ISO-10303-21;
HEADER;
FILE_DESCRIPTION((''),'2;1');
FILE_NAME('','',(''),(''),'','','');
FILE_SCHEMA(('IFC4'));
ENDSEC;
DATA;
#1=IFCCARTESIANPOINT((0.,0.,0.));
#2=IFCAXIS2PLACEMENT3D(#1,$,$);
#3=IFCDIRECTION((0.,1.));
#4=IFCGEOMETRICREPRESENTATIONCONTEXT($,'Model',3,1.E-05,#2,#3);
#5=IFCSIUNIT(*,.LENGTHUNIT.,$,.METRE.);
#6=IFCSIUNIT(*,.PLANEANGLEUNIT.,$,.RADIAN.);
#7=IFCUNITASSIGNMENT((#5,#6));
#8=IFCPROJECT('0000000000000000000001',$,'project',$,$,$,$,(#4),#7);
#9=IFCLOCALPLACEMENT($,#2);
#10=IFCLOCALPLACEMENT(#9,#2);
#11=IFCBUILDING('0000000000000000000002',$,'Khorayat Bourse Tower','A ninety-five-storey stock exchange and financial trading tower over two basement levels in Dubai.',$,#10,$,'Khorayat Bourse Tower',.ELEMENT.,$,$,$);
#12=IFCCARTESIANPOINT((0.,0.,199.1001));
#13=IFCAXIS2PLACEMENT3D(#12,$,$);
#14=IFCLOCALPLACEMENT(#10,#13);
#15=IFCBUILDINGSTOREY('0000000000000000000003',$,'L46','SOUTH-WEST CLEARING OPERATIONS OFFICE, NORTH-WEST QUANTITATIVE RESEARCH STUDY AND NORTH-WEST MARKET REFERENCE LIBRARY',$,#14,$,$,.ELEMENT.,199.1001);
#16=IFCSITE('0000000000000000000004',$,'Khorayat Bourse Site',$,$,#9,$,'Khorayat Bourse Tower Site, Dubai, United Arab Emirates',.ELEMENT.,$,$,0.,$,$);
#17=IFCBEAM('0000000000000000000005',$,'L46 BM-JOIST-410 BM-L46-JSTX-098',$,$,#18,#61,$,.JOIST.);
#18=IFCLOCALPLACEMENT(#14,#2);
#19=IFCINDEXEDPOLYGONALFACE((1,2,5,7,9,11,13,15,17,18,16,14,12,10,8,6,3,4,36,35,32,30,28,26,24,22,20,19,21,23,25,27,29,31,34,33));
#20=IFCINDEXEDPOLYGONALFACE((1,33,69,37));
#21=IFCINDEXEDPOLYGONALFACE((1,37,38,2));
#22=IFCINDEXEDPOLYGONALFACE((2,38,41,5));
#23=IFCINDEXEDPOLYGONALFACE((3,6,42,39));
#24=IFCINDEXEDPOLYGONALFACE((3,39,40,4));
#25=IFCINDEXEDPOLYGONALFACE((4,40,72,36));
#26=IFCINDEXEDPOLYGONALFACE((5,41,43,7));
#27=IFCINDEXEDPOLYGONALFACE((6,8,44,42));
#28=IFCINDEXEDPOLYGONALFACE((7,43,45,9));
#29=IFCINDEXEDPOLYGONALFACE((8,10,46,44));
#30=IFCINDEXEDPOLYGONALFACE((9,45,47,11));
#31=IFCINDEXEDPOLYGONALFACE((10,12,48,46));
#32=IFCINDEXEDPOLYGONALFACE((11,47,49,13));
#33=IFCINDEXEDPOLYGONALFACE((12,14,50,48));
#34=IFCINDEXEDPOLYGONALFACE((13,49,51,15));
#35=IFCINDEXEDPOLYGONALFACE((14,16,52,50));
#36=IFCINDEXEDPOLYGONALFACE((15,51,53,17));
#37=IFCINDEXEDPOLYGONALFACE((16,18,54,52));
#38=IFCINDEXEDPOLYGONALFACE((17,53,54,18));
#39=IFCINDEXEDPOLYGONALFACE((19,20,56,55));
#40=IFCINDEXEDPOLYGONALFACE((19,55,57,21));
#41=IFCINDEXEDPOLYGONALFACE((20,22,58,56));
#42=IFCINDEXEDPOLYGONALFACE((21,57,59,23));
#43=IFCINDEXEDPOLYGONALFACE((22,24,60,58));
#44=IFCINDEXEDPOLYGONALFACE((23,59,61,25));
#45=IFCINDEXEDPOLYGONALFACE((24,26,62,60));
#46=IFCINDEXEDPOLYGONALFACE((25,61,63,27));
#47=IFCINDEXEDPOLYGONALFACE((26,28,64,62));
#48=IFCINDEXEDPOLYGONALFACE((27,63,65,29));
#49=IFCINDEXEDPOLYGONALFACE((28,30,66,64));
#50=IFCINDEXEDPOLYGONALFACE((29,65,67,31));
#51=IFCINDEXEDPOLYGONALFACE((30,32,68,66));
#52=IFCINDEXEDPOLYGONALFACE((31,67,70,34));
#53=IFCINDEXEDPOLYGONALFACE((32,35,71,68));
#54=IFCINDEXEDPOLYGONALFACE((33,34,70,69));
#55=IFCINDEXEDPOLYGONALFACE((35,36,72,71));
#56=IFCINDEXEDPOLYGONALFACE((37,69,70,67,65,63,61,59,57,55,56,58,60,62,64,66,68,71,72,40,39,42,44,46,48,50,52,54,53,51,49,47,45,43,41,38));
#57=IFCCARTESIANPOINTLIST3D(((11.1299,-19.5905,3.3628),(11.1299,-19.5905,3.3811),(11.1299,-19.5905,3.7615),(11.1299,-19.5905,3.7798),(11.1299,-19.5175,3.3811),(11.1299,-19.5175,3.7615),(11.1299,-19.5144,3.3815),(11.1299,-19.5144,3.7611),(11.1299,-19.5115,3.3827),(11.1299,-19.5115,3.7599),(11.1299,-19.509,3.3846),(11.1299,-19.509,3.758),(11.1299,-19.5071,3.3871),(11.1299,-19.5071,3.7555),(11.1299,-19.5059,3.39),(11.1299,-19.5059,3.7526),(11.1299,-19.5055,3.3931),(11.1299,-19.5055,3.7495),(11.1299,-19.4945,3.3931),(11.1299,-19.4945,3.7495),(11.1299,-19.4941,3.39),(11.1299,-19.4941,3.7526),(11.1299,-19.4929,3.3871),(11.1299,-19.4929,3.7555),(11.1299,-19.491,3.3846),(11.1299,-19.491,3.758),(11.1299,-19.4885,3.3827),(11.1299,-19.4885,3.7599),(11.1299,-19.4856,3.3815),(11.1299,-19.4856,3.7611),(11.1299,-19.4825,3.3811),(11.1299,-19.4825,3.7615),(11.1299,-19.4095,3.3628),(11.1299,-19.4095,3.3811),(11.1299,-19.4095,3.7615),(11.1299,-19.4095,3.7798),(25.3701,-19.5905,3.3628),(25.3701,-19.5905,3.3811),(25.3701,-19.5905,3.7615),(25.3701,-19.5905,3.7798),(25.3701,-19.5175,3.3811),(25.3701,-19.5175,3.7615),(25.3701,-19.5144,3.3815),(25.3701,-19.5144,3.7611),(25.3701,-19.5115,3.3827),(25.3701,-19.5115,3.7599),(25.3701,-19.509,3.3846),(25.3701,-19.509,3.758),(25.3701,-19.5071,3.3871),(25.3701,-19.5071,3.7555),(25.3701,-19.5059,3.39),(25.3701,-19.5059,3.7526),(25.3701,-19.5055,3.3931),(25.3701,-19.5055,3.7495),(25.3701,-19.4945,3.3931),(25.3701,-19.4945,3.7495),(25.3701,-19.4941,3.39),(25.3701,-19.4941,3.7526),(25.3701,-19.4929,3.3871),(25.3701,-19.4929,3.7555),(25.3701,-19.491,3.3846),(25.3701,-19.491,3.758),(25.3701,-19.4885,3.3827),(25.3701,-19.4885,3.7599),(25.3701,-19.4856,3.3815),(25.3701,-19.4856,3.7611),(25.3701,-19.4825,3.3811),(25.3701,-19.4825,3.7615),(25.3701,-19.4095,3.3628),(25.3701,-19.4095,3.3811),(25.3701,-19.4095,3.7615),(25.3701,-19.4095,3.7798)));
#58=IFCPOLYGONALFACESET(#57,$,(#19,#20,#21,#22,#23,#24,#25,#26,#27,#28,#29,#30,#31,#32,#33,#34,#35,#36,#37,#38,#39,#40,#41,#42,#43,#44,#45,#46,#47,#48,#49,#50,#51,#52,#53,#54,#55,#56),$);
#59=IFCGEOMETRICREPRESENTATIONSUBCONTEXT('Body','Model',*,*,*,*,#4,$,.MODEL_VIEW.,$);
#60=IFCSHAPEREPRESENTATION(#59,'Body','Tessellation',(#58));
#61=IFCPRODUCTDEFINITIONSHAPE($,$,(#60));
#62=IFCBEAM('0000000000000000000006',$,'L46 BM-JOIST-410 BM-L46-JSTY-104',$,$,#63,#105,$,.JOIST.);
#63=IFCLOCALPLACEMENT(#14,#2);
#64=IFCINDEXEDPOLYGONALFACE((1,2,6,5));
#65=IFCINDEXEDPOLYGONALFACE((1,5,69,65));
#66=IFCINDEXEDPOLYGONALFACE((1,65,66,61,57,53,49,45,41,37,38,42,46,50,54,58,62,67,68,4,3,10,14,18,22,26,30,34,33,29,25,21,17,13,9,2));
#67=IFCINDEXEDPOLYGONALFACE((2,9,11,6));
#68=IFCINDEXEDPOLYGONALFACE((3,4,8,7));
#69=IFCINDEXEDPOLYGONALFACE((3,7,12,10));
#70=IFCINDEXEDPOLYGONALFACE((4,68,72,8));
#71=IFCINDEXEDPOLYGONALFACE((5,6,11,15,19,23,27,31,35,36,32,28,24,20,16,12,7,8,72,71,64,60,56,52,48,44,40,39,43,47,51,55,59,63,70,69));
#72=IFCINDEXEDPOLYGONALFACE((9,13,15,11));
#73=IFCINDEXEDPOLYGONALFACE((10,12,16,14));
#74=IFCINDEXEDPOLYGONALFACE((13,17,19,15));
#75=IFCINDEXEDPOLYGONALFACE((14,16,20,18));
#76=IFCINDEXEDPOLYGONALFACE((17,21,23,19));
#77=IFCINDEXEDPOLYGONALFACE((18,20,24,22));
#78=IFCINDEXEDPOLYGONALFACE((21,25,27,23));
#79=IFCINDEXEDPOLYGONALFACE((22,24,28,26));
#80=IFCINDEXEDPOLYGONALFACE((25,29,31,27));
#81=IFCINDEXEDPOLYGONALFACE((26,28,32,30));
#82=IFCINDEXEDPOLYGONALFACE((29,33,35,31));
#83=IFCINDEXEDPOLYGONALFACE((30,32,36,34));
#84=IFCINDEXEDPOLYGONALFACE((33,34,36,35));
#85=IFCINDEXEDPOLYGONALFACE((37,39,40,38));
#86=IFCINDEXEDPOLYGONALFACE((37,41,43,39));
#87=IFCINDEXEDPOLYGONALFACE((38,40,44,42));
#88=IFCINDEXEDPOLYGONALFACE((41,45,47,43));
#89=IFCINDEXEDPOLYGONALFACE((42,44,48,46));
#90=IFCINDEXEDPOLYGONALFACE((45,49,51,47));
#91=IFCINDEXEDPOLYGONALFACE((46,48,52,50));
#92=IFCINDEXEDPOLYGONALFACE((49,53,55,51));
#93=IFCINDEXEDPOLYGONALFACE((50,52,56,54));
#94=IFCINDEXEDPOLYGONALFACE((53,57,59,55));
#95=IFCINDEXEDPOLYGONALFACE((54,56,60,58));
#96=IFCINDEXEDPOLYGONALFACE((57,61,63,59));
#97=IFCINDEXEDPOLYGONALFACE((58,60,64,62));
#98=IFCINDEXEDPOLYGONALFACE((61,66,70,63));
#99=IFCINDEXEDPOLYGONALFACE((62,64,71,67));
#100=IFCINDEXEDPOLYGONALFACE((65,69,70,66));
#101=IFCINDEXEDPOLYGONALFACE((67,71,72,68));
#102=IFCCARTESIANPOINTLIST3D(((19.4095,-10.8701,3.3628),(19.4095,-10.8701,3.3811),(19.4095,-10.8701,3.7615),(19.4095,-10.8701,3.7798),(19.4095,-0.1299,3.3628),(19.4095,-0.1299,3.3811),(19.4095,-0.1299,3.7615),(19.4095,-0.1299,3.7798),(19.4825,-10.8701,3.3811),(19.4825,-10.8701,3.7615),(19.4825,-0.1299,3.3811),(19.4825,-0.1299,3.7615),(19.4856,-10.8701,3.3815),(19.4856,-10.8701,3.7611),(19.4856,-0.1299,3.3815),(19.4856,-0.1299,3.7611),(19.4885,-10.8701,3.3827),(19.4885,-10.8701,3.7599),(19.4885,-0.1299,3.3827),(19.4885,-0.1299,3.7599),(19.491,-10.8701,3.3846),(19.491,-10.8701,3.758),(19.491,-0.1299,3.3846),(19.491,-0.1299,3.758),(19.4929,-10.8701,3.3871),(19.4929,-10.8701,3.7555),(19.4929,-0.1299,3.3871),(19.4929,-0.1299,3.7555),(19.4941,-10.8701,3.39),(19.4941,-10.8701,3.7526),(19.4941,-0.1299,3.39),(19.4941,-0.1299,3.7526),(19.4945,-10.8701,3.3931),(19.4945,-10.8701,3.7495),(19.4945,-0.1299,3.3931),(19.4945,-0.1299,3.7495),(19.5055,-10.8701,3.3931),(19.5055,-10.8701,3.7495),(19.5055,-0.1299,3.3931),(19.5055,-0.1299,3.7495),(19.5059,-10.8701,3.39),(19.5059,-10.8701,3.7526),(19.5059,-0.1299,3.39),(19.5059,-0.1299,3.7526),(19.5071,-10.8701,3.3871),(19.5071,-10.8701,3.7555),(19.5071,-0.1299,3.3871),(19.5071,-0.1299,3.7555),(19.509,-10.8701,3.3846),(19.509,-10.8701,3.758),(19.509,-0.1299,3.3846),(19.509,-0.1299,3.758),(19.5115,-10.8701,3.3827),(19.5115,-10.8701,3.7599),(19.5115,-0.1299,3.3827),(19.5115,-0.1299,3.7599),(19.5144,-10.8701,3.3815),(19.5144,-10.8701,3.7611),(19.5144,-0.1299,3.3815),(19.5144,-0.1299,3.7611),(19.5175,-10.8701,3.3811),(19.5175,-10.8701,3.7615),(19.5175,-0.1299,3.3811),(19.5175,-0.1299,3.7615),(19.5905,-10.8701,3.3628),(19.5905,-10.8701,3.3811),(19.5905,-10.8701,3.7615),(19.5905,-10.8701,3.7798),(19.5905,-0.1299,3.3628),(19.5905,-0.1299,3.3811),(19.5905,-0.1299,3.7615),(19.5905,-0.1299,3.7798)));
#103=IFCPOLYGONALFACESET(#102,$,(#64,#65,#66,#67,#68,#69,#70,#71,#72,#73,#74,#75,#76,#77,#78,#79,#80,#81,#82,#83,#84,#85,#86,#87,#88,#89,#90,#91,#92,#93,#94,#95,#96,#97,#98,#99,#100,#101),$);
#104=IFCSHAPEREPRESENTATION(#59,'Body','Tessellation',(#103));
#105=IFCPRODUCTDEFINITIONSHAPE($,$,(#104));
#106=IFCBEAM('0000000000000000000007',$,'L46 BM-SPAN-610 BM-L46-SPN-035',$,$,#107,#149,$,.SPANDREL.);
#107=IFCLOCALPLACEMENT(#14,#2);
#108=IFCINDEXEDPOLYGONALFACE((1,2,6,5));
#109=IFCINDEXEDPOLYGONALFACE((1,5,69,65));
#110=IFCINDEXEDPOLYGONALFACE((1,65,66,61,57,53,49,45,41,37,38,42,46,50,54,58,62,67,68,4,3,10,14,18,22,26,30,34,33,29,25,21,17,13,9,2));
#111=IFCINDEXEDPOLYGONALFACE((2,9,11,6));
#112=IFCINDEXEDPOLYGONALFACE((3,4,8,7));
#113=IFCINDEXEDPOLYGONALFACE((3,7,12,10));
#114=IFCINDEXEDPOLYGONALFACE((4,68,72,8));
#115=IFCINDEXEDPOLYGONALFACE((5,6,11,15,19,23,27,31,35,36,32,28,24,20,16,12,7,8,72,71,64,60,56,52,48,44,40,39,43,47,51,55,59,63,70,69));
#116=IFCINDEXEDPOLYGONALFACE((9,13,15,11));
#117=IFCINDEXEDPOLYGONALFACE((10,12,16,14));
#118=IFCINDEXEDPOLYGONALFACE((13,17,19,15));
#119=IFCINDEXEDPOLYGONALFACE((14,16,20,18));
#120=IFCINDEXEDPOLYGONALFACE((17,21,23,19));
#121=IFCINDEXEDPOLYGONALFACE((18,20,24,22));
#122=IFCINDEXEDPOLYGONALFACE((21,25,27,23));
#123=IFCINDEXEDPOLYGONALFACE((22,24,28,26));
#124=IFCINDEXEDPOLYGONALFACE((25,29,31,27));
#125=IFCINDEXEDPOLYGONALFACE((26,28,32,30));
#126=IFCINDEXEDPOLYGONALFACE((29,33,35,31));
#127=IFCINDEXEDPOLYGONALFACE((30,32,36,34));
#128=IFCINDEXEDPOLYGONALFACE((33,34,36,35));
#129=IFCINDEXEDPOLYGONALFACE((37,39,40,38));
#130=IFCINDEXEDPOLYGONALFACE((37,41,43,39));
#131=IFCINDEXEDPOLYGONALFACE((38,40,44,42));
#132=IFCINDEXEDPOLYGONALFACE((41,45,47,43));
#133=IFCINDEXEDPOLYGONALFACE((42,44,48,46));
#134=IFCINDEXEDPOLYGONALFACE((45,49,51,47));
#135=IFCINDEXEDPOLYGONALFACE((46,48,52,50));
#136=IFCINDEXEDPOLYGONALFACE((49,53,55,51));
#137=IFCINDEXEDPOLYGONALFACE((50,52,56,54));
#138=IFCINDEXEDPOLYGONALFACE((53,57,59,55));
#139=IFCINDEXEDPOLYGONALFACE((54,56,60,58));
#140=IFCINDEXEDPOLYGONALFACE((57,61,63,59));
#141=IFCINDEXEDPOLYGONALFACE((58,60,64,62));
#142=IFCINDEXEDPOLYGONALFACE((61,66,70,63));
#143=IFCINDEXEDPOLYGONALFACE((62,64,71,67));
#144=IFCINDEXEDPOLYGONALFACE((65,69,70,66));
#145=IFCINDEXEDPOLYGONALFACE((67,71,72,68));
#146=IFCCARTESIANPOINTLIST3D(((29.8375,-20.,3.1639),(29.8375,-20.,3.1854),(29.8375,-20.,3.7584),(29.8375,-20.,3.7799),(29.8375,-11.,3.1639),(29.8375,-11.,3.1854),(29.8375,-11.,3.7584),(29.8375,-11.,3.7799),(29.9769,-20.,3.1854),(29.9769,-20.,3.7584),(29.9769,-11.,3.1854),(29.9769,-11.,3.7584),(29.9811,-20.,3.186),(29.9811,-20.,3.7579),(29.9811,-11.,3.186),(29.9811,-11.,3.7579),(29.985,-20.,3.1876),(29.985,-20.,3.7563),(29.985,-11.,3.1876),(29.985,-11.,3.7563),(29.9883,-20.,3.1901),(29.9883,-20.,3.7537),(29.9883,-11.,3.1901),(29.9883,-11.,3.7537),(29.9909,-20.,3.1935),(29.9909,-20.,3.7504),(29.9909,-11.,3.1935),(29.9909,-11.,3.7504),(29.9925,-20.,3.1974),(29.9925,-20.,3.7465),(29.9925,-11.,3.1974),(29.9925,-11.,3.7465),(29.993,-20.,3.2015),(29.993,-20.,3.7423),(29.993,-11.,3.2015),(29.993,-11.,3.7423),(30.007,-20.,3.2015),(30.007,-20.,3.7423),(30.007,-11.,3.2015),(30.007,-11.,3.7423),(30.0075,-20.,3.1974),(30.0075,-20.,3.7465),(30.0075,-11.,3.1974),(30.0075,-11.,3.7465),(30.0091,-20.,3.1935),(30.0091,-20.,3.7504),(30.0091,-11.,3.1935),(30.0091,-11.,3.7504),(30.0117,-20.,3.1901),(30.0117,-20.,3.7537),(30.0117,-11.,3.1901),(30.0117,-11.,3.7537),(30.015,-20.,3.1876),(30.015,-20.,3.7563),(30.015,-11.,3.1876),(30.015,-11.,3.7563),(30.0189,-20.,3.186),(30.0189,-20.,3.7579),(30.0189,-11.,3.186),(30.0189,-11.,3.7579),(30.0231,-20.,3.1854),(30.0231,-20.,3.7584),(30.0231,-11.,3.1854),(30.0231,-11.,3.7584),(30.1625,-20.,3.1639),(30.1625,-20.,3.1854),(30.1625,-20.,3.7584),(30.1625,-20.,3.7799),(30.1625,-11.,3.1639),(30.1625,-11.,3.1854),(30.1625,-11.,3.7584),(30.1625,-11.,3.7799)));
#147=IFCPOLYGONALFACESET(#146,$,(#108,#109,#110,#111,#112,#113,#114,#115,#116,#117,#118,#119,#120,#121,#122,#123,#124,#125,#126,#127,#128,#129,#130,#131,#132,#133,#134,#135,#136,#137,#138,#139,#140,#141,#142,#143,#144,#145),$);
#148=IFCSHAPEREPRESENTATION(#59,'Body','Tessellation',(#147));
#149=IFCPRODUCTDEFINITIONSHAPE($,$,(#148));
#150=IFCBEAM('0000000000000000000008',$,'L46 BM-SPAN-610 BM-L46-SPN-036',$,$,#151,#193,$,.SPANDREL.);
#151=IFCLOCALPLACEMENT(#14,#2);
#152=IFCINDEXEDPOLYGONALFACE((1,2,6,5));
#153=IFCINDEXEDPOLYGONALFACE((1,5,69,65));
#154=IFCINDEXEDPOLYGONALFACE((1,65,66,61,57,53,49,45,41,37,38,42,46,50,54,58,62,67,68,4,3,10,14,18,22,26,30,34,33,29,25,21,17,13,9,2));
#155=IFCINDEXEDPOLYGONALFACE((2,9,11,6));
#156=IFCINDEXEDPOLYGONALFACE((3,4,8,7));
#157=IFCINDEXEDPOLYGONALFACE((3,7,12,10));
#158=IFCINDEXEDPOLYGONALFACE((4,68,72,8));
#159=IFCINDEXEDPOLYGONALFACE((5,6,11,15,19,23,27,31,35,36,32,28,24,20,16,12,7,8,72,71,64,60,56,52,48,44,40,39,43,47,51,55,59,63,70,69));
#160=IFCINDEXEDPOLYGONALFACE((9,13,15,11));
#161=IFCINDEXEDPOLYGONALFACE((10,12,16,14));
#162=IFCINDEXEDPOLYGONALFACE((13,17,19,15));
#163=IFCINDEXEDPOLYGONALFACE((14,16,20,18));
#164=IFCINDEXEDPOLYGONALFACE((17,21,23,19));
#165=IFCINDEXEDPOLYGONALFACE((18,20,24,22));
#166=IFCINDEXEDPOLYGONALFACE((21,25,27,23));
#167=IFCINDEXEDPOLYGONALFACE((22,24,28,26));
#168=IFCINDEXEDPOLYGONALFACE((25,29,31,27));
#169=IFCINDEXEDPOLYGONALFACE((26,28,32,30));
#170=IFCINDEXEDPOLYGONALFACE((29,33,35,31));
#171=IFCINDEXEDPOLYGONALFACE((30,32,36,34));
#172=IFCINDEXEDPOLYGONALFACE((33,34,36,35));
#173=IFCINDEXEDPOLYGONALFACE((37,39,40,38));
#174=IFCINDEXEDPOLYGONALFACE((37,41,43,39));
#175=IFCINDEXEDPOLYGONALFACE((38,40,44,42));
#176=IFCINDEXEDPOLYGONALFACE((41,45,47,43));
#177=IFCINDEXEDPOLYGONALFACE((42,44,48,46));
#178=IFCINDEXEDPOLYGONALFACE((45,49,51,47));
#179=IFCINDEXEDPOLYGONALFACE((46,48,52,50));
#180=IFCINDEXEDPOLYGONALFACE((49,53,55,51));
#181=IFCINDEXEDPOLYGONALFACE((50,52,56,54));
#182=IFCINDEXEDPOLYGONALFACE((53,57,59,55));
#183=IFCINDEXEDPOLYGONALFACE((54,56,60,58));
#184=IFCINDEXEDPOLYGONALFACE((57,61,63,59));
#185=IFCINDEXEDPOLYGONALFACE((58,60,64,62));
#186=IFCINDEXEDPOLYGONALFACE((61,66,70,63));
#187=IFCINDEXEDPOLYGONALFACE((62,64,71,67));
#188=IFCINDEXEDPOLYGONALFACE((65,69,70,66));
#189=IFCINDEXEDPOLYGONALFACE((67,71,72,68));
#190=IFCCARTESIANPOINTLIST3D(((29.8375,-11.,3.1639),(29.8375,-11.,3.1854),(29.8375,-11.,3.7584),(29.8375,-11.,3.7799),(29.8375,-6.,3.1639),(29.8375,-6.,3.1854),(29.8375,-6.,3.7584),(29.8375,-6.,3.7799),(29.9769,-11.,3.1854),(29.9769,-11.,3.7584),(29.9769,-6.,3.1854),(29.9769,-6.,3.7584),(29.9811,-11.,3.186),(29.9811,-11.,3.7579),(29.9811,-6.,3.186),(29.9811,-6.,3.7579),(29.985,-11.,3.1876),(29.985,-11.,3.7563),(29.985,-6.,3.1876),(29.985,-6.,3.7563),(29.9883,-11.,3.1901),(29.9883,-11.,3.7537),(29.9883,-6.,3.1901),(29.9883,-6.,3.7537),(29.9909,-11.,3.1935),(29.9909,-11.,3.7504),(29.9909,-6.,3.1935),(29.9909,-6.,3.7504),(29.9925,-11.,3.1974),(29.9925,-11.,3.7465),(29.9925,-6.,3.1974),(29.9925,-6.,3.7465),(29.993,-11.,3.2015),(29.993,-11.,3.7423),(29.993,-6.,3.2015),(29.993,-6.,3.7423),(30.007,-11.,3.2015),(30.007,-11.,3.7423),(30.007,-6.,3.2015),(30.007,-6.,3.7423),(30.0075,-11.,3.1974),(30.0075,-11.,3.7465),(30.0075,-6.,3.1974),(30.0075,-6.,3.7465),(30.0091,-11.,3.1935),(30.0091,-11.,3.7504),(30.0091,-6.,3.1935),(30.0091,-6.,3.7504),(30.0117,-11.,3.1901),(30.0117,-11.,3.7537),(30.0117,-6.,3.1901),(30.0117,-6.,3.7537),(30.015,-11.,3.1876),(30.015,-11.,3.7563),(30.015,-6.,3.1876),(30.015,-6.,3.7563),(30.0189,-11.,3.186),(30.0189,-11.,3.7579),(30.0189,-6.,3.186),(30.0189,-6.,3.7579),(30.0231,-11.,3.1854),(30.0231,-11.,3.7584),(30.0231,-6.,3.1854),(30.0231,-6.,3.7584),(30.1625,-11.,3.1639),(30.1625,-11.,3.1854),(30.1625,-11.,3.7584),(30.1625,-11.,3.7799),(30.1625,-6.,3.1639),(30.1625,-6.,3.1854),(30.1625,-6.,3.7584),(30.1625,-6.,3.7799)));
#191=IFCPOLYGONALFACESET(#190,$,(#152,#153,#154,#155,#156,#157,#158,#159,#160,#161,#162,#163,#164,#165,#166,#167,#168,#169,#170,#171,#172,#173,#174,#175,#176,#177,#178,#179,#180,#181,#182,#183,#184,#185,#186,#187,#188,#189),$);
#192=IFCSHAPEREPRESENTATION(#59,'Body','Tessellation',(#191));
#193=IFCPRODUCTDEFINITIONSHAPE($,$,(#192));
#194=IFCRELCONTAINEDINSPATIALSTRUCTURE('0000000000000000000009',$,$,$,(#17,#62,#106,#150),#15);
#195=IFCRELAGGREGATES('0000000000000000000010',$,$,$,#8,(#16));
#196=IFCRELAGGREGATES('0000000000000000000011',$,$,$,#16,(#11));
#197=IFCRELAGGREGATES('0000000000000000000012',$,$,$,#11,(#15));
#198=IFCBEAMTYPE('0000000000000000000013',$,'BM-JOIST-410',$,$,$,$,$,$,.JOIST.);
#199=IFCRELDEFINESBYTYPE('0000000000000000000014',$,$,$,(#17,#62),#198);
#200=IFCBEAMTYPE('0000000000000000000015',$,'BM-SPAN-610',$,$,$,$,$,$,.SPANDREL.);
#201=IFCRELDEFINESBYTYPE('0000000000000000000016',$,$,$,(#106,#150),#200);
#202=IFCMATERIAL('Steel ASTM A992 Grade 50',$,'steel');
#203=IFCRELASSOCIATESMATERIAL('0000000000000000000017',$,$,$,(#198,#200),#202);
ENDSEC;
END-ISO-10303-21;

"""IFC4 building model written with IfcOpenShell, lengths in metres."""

from ifc_helpers import new_model, si_unit, direction, frame, origin, origin_2d, place, context, subcontext, project, spatial, i_section, extrude, source, transform, mapped, material, material_profile, profile_set, type_object, element, save


model = new_model("IFC4")

# Units and contexts
model_context = context("Model", 3, precision=1e-05, world=origin(), true_north=direction((0.0, 1.0)))
body_context = subcontext(model_context, "Body", "Model", "MODEL_VIEW")
ifc_project = project(units=[si_unit("LENGTHUNIT", "METRE"), si_unit("PLANEANGLEUNIT", "RADIAN")], contexts=[model_context])

# Site, building, storey
site_placement = place(None, origin())
site = spatial("IfcSite", under=ifc_project, at=site_placement, Name="Khorayat Bourse Site", LongName="Khorayat Bourse Tower Site, Dubai, United Arab Emirates", CompositionType="ELEMENT", RefElevation=0.0)
building_placement = place(site_placement, origin())
building = spatial("IfcBuilding", under=site, at=building_placement, Name="Khorayat Bourse Tower", Description="A ninety-five-storey stock exchange and financial trading tower over two basement levels in Dubai.", LongName="Khorayat Bourse Tower", CompositionType="ELEMENT")
storey_placement = place(building_placement, frame((0.0, 0.0, 199.1001)))
storey = spatial("IfcBuildingStorey", under=building, at=storey_placement, Name="L46", Description="SOUTH-WEST CLEARING OPERATIONS OFFICE, NORTH-WEST QUANTITATIVE RESEARCH STUDY AND NORTH-WEST MARKET REFERENCE LIBRARY", CompositionType="ELEMENT", Elevation=199.1001)

# Beams
ifc_material_1 = material(Name="Steel ASTM A992 Grade 50", Category="steel")
ifc_material_profile_1 = material_profile(ifc_material_1, i_section(OverallWidth=0.1809, OverallDepth=0.417, WebThickness=0.011, FlangeThickness=0.0183, FilletRadius=0.012, at=origin_2d()), Name="W410X85")
ifc_profile_set_1 = profile_set([ifc_material_profile_1], Name="Steel ASTM A992 Grade 50")
beam_type_1 = type_object("IfcBeamType", Name="BM-JOIST-410", PredefinedType="JOIST", material=ifc_profile_set_1)
shared_shape_1 = source(origin(), body_context, "Body", "SweptSolid", [
    extrude(i_section(OverallWidth=0.1809, OverallDepth=0.417, WebThickness=0.011, FlangeThickness=0.0183, FilletRadius=0.012, at=origin_2d()), origin(), (0.0, 0.0, 1.0), 14.2402),
])
beam_1_placement = place(storey_placement, frame((11.1299, -19.5, 3.5713), z_axis=(1.0, 0.0, 0.0), x_axis=(0.0, 1.0, 0.0)))
element("IfcBeam", 1, at=beam_1_placement, inside=storey, type_object=beam_type_1, Name="L46 BM-JOIST-410 BM-L46-JSTX-098", PredefinedType="JOIST", context=body_context, shape_type="MappedRepresentation", body=[
    mapped(shared_shape_1, transform((0.0, 0.0, 0.0), scale=1.0)),
])
shared_shape_2 = source(origin(), body_context, "Body", "SweptSolid", [
    extrude(i_section(OverallWidth=0.1809, OverallDepth=0.417, WebThickness=0.011, FlangeThickness=0.0183, FilletRadius=0.012, at=origin_2d()), origin(), (0.0, 0.0, 1.0), 10.7402),
])
beam_2_placement = place(storey_placement, frame((19.5, -10.8701, 3.5713), z_axis=(0.0, 1.0, 0.0), x_axis=(-1.0, 0.0, 0.0)))
element("IfcBeam", 2, at=beam_2_placement, inside=storey, type_object=beam_type_1, Name="L46 BM-JOIST-410 BM-L46-JSTY-104", PredefinedType="JOIST", context=body_context, shape_type="MappedRepresentation", body=[
    mapped(shared_shape_2, transform((0.0, 0.0, 0.0), scale=1.0)),
])
ifc_material_profile_2 = material_profile(ifc_material_1, i_section(OverallWidth=0.325, OverallDepth=0.616, WebThickness=0.0139, FlangeThickness=0.0215, FilletRadius=0.0161, at=origin_2d()), Name="W610X174")
ifc_profile_set_2 = profile_set([ifc_material_profile_2], Name="Steel ASTM A992 Grade 50")
beam_type_2 = type_object("IfcBeamType", Name="BM-SPAN-610", PredefinedType="SPANDREL", material=ifc_profile_set_2)
shared_shape_3 = source(origin(), body_context, "Body", "SweptSolid", [
    extrude(i_section(OverallWidth=0.325, OverallDepth=0.616, WebThickness=0.0139, FlangeThickness=0.0215, FilletRadius=0.0161, at=origin_2d()), origin(), (0.0, 0.0, 1.0), 9.0),
])
beam_3_placement = place(storey_placement, frame((30.0, -20.0, 3.4719), z_axis=(0.0, 1.0, 0.0), x_axis=(-1.0, 0.0, 0.0)))
element("IfcBeam", 3, at=beam_3_placement, inside=storey, type_object=beam_type_2, Name="L46 BM-SPAN-610 BM-L46-SPN-035", PredefinedType="SPANDREL", context=body_context, shape_type="MappedRepresentation", body=[
    mapped(shared_shape_3, transform((0.0, 0.0, 0.0), scale=1.0)),
])
shared_shape_4 = source(origin(), body_context, "Body", "SweptSolid", [
    extrude(i_section(OverallWidth=0.325, OverallDepth=0.616, WebThickness=0.0139, FlangeThickness=0.0215, FilletRadius=0.0161, at=origin_2d()), origin(), (0.0, 0.0, 1.0), 5.0),
])
beam_4_placement = place(storey_placement, frame((30.0, -11.0, 3.4719), z_axis=(0.0, 1.0, 0.0), x_axis=(-1.0, 0.0, 0.0)))
element("IfcBeam", 4, at=beam_4_placement, inside=storey, type_object=beam_type_2, Name="L46 BM-SPAN-610 BM-L46-SPN-036", PredefinedType="SPANDREL", context=body_context, shape_type="MappedRepresentation", body=[
    mapped(shared_shape_4, transform((0.0, 0.0, 0.0), scale=1.0)),
])

save(model, "model.ifc")
